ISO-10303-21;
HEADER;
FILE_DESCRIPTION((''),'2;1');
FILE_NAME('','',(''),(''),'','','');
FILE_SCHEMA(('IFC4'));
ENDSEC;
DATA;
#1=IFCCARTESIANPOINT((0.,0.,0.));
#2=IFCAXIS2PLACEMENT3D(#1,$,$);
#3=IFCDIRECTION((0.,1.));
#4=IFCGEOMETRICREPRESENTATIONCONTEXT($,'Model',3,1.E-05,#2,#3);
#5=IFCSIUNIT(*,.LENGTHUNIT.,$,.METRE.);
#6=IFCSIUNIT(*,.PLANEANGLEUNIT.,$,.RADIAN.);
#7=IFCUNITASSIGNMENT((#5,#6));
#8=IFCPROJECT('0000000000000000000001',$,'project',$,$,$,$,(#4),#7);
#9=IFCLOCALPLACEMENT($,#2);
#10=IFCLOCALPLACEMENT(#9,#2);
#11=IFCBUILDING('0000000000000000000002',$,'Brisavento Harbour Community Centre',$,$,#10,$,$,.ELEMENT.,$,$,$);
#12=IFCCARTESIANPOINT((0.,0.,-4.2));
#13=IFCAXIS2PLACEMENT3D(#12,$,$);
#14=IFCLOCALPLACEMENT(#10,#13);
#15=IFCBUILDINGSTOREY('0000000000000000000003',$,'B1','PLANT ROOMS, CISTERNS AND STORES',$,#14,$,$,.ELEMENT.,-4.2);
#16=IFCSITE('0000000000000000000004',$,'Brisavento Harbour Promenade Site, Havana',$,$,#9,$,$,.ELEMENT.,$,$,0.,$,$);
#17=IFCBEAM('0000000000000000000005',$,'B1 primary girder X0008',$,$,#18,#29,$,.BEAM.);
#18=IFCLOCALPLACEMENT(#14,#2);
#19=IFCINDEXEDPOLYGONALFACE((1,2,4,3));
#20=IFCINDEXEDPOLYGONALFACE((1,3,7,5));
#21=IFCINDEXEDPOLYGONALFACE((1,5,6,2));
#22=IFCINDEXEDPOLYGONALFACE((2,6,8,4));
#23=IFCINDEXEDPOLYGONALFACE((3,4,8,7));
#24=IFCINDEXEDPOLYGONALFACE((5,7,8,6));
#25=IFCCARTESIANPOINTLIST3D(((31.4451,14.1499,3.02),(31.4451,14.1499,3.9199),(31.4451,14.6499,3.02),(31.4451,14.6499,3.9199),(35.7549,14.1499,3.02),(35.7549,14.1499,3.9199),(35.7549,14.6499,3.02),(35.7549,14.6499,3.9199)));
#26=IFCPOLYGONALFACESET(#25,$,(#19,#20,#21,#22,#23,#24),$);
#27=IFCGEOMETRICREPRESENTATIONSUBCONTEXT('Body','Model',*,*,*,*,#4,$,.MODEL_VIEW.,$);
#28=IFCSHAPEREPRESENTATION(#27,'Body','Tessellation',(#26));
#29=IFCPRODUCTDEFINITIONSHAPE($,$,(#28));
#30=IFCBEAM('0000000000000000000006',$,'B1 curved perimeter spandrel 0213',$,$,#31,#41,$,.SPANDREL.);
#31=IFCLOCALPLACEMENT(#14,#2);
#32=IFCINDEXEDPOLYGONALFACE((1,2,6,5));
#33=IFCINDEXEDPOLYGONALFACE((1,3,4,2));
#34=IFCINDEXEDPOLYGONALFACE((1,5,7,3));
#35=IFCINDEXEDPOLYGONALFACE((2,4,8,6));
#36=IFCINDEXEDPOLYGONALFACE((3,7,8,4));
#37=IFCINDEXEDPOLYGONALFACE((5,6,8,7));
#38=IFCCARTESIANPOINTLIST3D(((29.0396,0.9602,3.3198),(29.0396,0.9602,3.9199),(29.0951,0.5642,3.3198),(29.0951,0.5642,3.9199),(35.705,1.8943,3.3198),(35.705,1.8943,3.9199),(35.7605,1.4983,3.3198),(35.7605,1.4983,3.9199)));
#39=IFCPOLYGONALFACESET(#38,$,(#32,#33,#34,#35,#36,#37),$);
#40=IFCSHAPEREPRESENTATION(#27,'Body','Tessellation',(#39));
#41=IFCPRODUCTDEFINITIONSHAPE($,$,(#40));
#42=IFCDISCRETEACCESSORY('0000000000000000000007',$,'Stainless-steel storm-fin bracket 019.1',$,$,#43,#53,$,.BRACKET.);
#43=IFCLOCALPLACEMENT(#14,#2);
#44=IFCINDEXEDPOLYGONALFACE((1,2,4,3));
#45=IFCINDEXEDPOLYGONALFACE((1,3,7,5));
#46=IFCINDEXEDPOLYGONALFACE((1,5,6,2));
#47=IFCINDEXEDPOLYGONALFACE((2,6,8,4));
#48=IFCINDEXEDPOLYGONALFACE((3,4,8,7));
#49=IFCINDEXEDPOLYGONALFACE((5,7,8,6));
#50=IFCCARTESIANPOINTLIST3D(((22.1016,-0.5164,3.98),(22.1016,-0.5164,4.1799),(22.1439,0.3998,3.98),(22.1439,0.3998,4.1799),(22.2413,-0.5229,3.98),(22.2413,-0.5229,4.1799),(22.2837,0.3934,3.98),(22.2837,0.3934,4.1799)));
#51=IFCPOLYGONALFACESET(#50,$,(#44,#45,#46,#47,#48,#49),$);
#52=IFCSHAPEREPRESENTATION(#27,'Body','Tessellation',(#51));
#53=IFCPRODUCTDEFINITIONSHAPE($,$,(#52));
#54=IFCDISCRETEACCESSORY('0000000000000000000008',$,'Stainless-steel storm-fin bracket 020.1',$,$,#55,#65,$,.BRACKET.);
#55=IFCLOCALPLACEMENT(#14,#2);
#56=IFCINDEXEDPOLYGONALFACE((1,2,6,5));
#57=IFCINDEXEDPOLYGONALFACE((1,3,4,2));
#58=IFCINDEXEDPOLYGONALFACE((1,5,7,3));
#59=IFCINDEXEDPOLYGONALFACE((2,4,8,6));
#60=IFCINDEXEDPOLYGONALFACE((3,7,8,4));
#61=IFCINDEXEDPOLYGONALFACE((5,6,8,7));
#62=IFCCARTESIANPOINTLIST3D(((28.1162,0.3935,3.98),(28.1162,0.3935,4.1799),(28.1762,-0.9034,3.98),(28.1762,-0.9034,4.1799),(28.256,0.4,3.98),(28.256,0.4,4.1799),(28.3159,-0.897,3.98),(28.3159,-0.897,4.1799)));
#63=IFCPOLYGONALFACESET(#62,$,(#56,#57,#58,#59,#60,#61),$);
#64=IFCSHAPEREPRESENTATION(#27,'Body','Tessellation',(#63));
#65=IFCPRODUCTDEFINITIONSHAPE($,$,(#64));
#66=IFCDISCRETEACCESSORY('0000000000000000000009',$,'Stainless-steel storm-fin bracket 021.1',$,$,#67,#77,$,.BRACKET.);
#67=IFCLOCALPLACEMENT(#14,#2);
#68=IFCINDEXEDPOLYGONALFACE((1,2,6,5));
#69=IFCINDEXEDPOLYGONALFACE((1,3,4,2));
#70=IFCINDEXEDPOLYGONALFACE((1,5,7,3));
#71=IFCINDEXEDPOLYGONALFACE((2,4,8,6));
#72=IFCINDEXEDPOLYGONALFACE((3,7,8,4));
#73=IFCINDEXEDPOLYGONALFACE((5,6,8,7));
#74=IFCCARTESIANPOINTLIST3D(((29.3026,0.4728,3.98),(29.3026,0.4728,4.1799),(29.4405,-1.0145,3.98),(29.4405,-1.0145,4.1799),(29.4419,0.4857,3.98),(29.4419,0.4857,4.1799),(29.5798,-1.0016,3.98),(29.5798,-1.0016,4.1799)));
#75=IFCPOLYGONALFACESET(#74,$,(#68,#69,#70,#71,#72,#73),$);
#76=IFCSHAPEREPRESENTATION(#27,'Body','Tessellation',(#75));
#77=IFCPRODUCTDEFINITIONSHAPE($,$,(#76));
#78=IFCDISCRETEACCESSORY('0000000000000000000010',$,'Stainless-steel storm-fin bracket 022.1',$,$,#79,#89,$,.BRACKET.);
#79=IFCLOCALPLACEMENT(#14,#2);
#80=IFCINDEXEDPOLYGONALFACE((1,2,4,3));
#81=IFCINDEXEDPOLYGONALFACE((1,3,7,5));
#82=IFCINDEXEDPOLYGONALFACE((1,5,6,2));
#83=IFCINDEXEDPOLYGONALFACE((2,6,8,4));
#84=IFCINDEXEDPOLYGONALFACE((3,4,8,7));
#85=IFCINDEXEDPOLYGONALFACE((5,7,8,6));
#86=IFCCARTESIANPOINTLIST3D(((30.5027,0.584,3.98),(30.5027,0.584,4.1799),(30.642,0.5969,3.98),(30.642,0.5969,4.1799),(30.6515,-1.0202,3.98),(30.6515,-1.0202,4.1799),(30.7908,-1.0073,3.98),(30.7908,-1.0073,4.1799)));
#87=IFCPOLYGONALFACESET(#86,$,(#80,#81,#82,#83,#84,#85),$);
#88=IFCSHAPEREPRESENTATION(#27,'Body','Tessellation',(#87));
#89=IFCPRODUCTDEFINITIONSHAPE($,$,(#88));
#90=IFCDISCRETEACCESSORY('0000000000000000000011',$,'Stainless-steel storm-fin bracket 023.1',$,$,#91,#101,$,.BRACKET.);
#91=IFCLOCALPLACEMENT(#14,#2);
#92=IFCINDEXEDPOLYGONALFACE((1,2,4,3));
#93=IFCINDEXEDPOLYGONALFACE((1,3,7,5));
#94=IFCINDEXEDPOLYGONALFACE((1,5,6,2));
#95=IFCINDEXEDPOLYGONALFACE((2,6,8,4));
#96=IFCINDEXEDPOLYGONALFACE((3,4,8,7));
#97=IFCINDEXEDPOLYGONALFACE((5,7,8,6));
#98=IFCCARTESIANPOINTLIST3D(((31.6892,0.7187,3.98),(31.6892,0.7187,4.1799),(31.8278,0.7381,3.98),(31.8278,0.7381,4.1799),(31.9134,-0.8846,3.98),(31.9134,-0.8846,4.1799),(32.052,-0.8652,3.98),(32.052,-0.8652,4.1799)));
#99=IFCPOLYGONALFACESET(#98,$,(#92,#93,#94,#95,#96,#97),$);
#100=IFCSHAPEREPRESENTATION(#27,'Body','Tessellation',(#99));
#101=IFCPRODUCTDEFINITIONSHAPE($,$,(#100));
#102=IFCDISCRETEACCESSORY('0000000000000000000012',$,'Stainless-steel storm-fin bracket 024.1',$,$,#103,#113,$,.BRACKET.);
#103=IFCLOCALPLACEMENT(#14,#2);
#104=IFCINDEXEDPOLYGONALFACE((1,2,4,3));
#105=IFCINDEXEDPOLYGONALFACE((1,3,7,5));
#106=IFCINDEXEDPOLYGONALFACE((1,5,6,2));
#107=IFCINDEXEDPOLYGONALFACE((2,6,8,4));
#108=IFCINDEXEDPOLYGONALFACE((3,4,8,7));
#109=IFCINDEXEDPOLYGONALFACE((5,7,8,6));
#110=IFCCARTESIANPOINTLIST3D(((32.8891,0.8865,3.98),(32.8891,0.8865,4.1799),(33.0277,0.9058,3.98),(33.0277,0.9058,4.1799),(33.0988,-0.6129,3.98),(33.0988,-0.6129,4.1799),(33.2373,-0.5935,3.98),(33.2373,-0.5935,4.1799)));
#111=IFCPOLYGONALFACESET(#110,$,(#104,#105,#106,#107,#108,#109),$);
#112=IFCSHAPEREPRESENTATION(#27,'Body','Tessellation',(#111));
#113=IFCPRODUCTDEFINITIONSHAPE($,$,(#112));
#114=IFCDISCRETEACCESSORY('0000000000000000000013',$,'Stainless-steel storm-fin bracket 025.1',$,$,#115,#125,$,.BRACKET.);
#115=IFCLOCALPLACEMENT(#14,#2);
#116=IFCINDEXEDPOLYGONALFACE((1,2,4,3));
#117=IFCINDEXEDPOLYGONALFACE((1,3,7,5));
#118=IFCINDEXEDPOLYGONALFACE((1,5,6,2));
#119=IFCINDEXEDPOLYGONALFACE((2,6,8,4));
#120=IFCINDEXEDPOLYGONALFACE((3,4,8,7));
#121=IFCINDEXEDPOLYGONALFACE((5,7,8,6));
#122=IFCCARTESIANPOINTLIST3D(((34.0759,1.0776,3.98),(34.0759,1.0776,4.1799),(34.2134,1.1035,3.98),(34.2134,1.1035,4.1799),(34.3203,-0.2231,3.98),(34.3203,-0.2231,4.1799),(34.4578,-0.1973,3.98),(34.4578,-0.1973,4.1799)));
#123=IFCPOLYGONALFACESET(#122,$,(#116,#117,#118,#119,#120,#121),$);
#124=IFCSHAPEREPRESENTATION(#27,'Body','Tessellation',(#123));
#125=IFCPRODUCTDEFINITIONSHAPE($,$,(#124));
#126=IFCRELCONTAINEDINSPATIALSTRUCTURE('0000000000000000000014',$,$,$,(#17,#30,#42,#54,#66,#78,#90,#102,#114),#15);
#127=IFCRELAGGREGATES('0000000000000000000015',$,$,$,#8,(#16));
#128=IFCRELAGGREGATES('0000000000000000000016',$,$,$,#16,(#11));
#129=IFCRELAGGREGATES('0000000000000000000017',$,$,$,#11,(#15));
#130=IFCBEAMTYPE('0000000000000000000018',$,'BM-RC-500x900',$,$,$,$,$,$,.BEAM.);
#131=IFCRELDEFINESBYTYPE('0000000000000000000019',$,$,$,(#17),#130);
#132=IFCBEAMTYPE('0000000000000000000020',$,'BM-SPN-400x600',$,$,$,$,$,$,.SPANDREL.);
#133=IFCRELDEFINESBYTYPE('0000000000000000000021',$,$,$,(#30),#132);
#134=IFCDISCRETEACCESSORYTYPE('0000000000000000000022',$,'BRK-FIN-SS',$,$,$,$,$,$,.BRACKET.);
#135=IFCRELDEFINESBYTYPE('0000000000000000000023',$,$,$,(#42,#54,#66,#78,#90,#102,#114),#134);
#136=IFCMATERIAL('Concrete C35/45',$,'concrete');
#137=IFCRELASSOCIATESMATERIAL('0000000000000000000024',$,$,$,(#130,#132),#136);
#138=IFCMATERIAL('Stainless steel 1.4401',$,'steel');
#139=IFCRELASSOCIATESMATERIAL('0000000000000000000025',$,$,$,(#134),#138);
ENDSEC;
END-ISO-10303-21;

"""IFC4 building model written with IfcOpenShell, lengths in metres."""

from ifc_helpers import new_model, si_unit, direction, frame, origin, origin_2d, place, context, subcontext, project, spatial, rectangle, extrude, material, material_profile, profile_set, type_object, element, save


model = new_model("IFC4")

# Units and contexts
model_context = context("Model", 3, precision=1e-05, world=origin(), true_north=direction((0.0, 1.0)))
body_context = subcontext(model_context, "Body", "Model", "MODEL_VIEW")
ifc_project = project(units=[si_unit("LENGTHUNIT", "METRE"), si_unit("PLANEANGLEUNIT", "RADIAN")], contexts=[model_context])

# Site, building, storey
site_placement = place(None, origin())
site = spatial("IfcSite", under=ifc_project, at=site_placement, Name="Brisavento Harbour Promenade Site, Havana", CompositionType="ELEMENT", RefElevation=0.0)
building_placement = place(site_placement, origin())
building = spatial("IfcBuilding", under=site, at=building_placement, Name="Brisavento Harbour Community Centre", CompositionType="ELEMENT")
storey_placement = place(building_placement, frame((0.0, 0.0, -4.2)))
storey = spatial("IfcBuildingStorey", under=building, at=storey_placement, Name="B1", Description="PLANT ROOMS, CISTERNS AND STORES", CompositionType="ELEMENT", Elevation=-4.2)

# Shared definitions
ifc_material_1 = material(Name="Concrete C35/45", Category="concrete")

# Beams
ifc_material_profile_1 = material_profile(ifc_material_1, rectangle(XDim=0.5, YDim=0.8999, at=origin_2d()), Name="Concrete C35/45")
ifc_profile_set_1 = profile_set([ifc_material_profile_1], Name="Concrete C35/45")
beam_type_1 = type_object("IfcBeamType", Name="BM-RC-500x900", PredefinedType="BEAM", material=ifc_profile_set_1)
beam_1_placement = place(storey_placement, frame((31.4451, 14.3999, 3.47), z_axis=(1.0, 0.0, 0.0), x_axis=(0.0, 1.0, 0.0)))
element("IfcBeam", 1, at=beam_1_placement, inside=storey, type_object=beam_type_1, Name="B1 primary girder X0008", PredefinedType="BEAM", context=body_context, shape_type="SweptSolid", body=[
    extrude(rectangle(XDim=0.5, YDim=0.8999, at=origin_2d()), origin(), (0.0, 0.0, 1.0), 4.3098),
])
ifc_material_profile_2 = material_profile(ifc_material_1, rectangle(XDim=0.3999, YDim=0.6001, at=origin_2d()), Name="Concrete C35/45")
ifc_profile_set_2 = profile_set([ifc_material_profile_2], Name="Concrete C35/45")
beam_type_2 = type_object("IfcBeamType", Name="BM-SPN-400x600", PredefinedType="SPANDREL", material=ifc_profile_set_2)
beam_2_placement = place(storey_placement, frame((29.0674, 0.7622, 3.6199), z_axis=(0.990323, 0.138785, 0.0), x_axis=(-0.138785, 0.990323, 0.0)))
element("IfcBeam", 2, at=beam_2_placement, inside=storey, type_object=beam_type_2, Name="B1 curved perimeter spandrel 0213", PredefinedType="SPANDREL", context=body_context, shape_type="SweptSolid", body=[
    extrude(rectangle(XDim=0.3999, YDim=0.6001, at=origin_2d()), origin(), (0.0, 0.0, 1.0), 6.7305),
])

# Discrete accessories
ifc_material_2 = material(Name="Stainless steel 1.4401", Category="steel")
discrete_accessory_type = type_object("IfcDiscreteAccessoryType", Name="BRK-FIN-SS", PredefinedType="BRACKET", material=ifc_material_2)
discrete_accessory_1_placement = place(storey_placement, frame((22.1926, -0.0615, 3.98), z_axis=(0.0, 0.0, 1.0), x_axis=(-0.046165, -0.998934, 0.0)))
element("IfcDiscreteAccessory", 3, at=discrete_accessory_1_placement, inside=storey, type_object=discrete_accessory_type, Name="Stainless-steel storm-fin bracket 019.1", PredefinedType="BRACKET", context=body_context, shape_type="SweptSolid", body=[
    extrude(rectangle(XDim=0.9172, YDim=0.1399, at=origin_2d()), origin(), (0.0, 0.0, 1.0), 0.2),
])
discrete_accessory_2_placement = place(storey_placement, frame((28.2161, -0.2517, 3.98), z_axis=(0.0, 0.0, 1.0), x_axis=(0.046165, -0.998934, 0.0)))
element("IfcDiscreteAccessory", 4, at=discrete_accessory_2_placement, inside=storey, type_object=discrete_accessory_type, Name="Stainless-steel storm-fin bracket 020.1", PredefinedType="BRACKET", context=body_context, shape_type="SweptSolid", body=[
    extrude(rectangle(XDim=1.2983, YDim=0.1399, at=origin_2d()), origin(), (0.0, 0.0, 1.0), 0.2),
])
discrete_accessory_3_placement = place(storey_placement, frame((29.4412, -0.2644, 3.98), z_axis=(0.0, 0.0, 1.0), x_axis=(0.092336, -0.995728, 0.0)))
element("IfcDiscreteAccessory", 5, at=discrete_accessory_3_placement, inside=storey, type_object=discrete_accessory_type, Name="Stainless-steel storm-fin bracket 021.1", PredefinedType="BRACKET", context=body_context, shape_type="SweptSolid", body=[
    extrude(rectangle(XDim=1.4937, YDim=0.1399, at=origin_2d()), origin(), (0.0, 0.0, 1.0), 0.2),
])
discrete_accessory_4_placement = place(storey_placement, frame((30.6467, -0.2117, 3.98), z_axis=(0.0, 0.0, 1.0), x_axis=(0.092336, -0.995728, 0.0)))
element("IfcDiscreteAccessory", 6, at=discrete_accessory_4_placement, inside=storey, type_object=discrete_accessory_type, Name="Stainless-steel storm-fin bracket 022.1", PredefinedType="BRACKET", context=body_context, shape_type="SweptSolid", body=[
    extrude(rectangle(XDim=1.6111, YDim=0.1399, at=origin_2d()), origin(), (0.0, 0.0, 1.0), 0.2),
])
discrete_accessory_5_placement = place(storey_placement, frame((31.8706, -0.0732, 3.98), z_axis=(0.0, 0.0, 1.0), x_axis=(0.138499, -0.990363, 0.0)))
element("IfcDiscreteAccessory", 7, at=discrete_accessory_5_placement, inside=storey, type_object=discrete_accessory_type, Name="Stainless-steel storm-fin bracket 023.1", PredefinedType="BRACKET", context=body_context, shape_type="SweptSolid", body=[
    extrude(rectangle(XDim=1.6189, YDim=0.1399, at=origin_2d()), origin(), (0.0, 0.0, 1.0), 0.2),
])
discrete_accessory_6_placement = place(storey_placement, frame((33.0632, 0.1465, 3.98), z_axis=(0.0, 0.0, 1.0), x_axis=(0.138499, -0.990363, 0.0)))
element("IfcDiscreteAccessory", 8, at=discrete_accessory_6_placement, inside=storey, type_object=discrete_accessory_type, Name="Stainless-steel storm-fin bracket 024.1", PredefinedType="BRACKET", context=body_context, shape_type="SweptSolid", body=[
    extrude(rectangle(XDim=1.5139, YDim=0.1399, at=origin_2d()), origin(), (0.0, 0.0, 1.0), 0.2),
])
discrete_accessory_7_placement = place(storey_placement, frame((34.2668, 0.4402, 3.98), z_axis=(0.0, 0.0, 1.0), x_axis=(0.184672, -0.9828, 0.0)))
element("IfcDiscreteAccessory", 9, at=discrete_accessory_7_placement, inside=storey, type_object=discrete_accessory_type, Name="Stainless-steel storm-fin bracket 025.1", PredefinedType="BRACKET", context=body_context, shape_type="SweptSolid", body=[
    extrude(rectangle(XDim=1.3235, YDim=0.1399, at=origin_2d()), origin(), (0.0, 0.0, 1.0), 0.2),
])

save(model, "model.ifc")
